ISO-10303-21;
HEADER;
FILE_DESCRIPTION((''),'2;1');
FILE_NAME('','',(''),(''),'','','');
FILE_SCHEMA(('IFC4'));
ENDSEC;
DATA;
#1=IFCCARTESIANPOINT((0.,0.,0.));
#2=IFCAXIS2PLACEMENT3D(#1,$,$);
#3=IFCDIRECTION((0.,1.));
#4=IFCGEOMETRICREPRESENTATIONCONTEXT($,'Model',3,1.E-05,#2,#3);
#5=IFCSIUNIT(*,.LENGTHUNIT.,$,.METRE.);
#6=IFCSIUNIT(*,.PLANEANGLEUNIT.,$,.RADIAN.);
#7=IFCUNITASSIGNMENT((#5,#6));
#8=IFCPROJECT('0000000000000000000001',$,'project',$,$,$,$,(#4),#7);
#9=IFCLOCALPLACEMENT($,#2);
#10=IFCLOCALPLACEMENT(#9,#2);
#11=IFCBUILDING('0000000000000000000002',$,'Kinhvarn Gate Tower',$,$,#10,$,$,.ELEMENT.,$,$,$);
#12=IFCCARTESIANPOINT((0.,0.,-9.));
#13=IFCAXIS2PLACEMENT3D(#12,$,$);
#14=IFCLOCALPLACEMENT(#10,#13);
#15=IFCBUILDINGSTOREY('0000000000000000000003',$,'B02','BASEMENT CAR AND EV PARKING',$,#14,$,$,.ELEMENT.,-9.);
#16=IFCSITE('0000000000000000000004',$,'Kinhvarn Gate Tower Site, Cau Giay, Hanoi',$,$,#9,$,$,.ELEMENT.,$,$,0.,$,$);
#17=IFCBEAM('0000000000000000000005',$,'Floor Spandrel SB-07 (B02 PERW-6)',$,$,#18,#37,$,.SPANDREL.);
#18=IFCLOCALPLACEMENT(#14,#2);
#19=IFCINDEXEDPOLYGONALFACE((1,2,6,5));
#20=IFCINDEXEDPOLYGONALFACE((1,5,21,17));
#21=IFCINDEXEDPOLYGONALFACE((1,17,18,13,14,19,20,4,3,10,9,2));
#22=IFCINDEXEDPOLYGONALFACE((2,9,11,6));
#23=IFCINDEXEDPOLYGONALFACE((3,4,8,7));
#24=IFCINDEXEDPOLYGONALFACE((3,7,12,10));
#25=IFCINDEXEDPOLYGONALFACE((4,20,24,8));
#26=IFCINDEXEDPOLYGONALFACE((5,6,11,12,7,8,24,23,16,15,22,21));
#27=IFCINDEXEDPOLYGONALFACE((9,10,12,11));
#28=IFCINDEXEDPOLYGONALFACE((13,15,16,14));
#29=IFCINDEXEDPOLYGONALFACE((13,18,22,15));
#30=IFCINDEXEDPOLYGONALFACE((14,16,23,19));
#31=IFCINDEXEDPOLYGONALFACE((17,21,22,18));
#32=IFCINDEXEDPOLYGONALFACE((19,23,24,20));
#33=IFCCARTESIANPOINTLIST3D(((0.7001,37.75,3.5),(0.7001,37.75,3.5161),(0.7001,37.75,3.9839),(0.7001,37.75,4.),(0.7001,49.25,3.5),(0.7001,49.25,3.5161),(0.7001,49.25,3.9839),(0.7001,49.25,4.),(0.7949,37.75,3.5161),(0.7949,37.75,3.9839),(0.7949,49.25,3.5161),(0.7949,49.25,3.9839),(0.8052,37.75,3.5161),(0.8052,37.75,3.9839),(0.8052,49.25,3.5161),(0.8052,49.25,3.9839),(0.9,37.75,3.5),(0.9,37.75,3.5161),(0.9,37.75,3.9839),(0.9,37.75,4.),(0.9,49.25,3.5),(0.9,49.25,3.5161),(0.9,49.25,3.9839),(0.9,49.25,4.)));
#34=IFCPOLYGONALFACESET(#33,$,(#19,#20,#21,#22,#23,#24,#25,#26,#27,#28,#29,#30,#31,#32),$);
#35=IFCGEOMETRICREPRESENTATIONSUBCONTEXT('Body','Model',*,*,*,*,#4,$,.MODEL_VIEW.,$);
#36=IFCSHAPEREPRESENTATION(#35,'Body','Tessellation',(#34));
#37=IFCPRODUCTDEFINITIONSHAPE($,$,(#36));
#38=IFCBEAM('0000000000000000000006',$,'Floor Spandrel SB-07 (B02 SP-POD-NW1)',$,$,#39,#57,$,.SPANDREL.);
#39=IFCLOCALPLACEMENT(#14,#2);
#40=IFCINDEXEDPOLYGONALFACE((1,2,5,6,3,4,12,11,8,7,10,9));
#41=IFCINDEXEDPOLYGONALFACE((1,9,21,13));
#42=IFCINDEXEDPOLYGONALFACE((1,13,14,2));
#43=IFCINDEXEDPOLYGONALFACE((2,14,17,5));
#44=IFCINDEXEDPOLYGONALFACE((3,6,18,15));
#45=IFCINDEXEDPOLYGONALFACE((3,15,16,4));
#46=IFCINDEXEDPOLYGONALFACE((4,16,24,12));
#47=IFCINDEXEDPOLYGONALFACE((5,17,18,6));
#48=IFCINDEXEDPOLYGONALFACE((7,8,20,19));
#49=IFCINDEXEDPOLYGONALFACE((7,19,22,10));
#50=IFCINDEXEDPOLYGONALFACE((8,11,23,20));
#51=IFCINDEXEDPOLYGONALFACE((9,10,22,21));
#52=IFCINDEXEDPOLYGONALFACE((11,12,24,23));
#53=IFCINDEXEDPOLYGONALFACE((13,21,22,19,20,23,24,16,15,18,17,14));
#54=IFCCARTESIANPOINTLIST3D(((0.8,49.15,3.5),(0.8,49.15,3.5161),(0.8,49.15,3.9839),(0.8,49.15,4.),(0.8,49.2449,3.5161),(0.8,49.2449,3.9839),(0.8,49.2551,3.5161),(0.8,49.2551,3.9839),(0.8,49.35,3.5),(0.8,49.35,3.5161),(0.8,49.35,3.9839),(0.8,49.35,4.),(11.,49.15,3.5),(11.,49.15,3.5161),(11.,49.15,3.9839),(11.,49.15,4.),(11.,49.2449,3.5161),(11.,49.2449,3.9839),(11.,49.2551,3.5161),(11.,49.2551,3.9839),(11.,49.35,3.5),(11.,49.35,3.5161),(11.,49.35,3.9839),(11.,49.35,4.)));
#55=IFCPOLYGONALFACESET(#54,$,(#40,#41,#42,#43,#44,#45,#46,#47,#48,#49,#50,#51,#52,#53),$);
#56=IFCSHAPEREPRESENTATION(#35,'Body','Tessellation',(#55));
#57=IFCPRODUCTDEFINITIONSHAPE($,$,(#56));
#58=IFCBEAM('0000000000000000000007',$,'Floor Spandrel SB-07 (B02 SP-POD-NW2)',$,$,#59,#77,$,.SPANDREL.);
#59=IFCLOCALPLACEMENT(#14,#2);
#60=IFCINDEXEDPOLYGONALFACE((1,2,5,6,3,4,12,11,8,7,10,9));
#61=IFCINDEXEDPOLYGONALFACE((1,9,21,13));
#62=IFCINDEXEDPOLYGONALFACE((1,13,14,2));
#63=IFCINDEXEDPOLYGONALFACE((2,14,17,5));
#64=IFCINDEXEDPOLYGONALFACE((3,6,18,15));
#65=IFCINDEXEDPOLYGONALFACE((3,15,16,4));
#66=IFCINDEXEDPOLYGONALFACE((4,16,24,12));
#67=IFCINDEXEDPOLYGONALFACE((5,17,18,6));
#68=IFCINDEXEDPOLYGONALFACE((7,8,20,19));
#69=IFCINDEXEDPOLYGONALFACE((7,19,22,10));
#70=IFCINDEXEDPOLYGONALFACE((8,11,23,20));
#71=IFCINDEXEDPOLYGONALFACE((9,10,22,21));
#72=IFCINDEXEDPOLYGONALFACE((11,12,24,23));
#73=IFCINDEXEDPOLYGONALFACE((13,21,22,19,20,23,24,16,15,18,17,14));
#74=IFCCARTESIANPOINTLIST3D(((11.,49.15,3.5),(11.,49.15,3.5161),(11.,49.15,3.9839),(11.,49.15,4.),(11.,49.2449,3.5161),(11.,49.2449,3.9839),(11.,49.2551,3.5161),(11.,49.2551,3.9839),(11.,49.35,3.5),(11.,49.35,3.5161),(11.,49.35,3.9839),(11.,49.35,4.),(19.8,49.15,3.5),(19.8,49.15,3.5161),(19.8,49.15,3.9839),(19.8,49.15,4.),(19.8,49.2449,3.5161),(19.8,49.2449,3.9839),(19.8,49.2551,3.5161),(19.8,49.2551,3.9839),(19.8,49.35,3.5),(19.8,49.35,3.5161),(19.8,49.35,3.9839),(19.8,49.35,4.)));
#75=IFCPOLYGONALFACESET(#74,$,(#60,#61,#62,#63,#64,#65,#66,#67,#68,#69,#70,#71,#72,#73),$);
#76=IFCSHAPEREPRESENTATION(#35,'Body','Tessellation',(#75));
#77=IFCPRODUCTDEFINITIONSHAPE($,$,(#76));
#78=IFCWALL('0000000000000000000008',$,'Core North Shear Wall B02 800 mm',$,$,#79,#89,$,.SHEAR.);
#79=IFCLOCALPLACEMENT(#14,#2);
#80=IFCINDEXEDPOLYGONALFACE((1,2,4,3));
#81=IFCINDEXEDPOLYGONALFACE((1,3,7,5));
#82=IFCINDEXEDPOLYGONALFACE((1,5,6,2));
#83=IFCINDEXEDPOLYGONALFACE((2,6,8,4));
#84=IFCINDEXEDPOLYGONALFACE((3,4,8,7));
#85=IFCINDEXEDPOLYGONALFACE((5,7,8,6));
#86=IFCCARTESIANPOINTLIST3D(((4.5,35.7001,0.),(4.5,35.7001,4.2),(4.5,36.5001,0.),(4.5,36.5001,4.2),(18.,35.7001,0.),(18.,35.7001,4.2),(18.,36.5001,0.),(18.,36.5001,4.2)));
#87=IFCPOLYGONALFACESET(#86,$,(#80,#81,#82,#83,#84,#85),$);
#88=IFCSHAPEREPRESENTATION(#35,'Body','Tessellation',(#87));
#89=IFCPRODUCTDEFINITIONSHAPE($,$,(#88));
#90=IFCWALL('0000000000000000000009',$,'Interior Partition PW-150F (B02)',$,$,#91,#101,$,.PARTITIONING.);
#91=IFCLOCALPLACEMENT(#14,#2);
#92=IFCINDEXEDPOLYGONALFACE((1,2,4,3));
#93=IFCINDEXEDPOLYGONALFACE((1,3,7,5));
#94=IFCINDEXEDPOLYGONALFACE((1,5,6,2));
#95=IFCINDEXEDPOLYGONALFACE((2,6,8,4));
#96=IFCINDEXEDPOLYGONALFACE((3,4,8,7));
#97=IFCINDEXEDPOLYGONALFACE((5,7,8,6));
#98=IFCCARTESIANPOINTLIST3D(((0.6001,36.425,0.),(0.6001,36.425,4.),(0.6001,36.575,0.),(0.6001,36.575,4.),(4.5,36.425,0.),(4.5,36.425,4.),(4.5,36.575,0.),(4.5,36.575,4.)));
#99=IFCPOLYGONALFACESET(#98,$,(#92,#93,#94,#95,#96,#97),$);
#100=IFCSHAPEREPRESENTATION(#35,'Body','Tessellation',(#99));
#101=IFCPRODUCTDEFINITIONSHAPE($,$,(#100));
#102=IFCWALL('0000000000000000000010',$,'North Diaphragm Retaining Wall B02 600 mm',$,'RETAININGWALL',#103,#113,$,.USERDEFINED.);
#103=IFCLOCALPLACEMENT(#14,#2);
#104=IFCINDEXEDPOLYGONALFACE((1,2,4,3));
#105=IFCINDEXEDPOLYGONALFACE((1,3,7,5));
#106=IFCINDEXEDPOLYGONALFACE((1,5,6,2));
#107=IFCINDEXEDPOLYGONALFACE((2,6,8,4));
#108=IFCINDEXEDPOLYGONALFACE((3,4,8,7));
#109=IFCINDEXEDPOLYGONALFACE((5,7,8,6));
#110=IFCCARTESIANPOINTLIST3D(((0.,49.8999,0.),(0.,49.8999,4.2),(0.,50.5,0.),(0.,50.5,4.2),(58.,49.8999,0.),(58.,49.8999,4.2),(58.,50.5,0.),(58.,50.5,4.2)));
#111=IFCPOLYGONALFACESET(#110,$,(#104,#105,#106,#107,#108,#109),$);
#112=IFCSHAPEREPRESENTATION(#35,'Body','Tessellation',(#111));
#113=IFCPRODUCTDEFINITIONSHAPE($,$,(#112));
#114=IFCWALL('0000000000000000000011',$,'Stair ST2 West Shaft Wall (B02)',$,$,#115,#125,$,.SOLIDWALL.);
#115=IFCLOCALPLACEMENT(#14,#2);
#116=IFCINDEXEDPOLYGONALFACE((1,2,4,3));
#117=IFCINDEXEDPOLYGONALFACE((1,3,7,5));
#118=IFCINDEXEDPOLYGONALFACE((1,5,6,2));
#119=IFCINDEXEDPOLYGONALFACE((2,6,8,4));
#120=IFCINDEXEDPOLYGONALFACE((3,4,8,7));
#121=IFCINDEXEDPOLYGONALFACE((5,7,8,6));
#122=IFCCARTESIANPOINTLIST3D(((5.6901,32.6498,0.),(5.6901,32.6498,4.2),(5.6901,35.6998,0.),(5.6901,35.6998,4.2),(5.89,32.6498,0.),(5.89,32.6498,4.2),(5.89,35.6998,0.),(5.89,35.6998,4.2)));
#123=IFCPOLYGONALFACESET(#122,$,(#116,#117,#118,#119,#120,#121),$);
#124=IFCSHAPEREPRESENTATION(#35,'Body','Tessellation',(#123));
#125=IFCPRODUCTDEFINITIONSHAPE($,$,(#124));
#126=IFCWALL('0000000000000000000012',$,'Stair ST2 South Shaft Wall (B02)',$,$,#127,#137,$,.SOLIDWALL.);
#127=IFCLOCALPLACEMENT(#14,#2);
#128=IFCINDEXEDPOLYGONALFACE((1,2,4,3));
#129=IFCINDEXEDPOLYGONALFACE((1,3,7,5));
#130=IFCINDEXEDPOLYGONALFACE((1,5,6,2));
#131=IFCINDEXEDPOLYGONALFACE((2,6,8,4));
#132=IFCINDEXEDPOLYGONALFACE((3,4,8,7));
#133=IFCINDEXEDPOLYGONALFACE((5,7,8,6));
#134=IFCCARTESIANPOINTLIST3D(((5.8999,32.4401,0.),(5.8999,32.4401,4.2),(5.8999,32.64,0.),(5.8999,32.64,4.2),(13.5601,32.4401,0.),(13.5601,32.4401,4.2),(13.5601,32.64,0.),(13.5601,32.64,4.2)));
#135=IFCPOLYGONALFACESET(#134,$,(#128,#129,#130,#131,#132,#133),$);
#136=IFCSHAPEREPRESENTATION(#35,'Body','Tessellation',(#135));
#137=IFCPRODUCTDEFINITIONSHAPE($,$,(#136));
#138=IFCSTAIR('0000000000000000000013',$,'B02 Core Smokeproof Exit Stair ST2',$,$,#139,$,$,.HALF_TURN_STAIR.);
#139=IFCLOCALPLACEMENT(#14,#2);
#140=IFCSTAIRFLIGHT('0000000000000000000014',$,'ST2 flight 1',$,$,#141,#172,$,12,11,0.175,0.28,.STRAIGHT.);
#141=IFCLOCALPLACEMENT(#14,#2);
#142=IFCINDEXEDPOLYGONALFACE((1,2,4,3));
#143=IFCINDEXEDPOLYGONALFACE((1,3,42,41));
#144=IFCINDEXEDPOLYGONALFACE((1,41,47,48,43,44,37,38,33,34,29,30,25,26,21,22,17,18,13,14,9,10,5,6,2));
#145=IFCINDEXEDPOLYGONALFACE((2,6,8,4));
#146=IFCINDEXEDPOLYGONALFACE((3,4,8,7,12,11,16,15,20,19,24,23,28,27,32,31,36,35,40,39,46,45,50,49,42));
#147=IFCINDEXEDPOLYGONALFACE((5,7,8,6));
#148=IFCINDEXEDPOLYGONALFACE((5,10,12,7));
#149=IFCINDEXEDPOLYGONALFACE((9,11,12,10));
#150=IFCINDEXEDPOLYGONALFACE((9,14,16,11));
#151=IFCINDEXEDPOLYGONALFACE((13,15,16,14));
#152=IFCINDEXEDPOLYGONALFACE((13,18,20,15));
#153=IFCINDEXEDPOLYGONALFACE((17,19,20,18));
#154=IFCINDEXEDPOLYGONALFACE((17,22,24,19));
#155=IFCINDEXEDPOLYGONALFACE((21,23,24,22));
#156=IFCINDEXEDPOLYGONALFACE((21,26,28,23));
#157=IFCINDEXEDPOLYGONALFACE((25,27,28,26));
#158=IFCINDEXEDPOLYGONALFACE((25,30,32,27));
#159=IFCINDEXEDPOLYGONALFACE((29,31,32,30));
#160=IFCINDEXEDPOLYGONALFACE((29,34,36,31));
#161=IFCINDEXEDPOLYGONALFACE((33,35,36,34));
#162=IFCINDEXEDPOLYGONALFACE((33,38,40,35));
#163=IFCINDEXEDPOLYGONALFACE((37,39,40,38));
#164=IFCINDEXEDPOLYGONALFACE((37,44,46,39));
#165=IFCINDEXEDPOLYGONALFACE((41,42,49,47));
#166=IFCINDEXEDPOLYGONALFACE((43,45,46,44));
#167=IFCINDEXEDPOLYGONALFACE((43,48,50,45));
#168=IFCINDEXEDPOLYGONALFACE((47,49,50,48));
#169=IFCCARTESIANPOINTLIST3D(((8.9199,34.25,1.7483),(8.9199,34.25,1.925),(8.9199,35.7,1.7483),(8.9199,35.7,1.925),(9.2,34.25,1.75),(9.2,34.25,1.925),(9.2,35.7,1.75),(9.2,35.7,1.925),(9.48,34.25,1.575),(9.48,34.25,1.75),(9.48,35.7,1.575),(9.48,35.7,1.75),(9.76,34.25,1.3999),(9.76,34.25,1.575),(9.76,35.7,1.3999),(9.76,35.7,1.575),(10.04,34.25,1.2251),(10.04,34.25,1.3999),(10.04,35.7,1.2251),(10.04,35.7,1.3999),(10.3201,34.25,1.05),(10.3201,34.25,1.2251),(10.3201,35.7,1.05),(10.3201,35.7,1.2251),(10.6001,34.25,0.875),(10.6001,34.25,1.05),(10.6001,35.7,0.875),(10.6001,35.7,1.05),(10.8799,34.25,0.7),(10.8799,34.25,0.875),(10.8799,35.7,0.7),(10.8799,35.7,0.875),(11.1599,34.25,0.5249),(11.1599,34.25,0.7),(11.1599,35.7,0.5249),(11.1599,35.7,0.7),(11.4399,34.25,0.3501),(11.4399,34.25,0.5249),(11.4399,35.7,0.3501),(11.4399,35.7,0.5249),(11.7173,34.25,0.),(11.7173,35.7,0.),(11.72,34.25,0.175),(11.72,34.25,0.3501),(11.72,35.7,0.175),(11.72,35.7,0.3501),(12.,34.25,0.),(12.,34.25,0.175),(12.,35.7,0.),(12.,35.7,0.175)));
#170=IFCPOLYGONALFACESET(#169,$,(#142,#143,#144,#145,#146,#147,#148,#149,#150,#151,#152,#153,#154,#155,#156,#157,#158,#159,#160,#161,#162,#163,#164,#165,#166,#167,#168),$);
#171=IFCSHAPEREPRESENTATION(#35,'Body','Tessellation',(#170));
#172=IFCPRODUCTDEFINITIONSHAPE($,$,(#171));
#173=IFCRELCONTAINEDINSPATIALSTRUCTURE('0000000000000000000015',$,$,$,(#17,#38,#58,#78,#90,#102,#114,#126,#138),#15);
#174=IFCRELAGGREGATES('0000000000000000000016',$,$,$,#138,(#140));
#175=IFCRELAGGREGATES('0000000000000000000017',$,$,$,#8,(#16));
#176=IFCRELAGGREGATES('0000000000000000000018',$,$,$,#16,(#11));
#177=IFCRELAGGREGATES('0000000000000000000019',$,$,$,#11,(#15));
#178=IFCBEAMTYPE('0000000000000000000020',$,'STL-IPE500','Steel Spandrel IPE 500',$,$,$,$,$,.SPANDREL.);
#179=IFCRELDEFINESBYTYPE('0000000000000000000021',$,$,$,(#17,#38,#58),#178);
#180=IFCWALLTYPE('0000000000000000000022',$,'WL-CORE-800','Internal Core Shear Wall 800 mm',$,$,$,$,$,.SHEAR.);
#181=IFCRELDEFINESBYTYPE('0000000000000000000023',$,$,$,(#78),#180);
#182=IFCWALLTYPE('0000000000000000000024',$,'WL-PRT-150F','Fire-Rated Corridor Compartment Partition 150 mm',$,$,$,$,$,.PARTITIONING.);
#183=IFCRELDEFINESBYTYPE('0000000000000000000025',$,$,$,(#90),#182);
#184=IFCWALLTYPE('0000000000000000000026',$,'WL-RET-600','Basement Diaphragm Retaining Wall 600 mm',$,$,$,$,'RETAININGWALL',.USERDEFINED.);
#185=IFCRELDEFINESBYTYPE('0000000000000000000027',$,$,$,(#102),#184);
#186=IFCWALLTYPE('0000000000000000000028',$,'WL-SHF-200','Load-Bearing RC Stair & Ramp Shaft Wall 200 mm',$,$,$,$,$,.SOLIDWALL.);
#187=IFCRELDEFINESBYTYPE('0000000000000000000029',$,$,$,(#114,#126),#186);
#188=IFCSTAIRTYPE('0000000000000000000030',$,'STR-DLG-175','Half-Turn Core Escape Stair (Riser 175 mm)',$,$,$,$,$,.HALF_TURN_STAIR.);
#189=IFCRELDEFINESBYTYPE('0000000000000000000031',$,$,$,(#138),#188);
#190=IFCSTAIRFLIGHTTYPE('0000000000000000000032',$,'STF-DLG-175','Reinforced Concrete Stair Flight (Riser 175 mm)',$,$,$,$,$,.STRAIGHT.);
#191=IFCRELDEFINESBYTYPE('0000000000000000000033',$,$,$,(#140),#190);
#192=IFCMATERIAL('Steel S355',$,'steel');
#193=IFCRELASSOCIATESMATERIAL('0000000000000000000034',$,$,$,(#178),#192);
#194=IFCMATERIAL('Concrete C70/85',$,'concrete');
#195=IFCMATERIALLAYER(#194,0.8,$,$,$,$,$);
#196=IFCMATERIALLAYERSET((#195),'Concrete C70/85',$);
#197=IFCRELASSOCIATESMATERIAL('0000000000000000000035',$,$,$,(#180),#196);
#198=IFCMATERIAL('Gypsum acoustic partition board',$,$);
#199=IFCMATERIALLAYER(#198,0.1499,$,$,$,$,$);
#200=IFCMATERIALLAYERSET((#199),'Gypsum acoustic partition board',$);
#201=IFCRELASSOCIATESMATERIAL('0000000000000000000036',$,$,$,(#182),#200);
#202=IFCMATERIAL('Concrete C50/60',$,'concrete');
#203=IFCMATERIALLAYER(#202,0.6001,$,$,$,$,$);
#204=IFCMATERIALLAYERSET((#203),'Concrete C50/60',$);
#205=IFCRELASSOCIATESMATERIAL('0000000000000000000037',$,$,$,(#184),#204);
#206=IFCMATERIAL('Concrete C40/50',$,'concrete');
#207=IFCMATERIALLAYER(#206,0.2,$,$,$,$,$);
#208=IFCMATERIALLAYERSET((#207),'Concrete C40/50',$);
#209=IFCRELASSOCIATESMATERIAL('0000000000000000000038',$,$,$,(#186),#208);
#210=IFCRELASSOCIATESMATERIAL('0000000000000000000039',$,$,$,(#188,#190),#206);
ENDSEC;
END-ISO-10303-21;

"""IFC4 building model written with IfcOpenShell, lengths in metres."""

from ifc_helpers import new_model, si_unit, direction, frame, frame_2d, origin, origin_2d, place, context, subcontext, project, spatial, polyline, rectangle, i_section, outline, extrude, material, layer, layer_set, material_profile, profile_set, type_object, element, aggregate, save


model = new_model("IFC4")

# Units and contexts
model_context = context("Model", 3, precision=1e-05, world=origin(), true_north=direction((0.0, 1.0)))
body_context = subcontext(model_context, "Body", "Model", "MODEL_VIEW")
ifc_project = project(units=[si_unit("LENGTHUNIT", "METRE"), si_unit("PLANEANGLEUNIT", "RADIAN")], contexts=[model_context])

# Site, building, storey
site_placement = place(None, origin())
site = spatial("IfcSite", under=ifc_project, at=site_placement, Name="Kinhvarn Gate Tower Site, Cau Giay, Hanoi", CompositionType="ELEMENT", RefElevation=0.0)
building_placement = place(site_placement, origin())
building = spatial("IfcBuilding", under=site, at=building_placement, Name="Kinhvarn Gate Tower", CompositionType="ELEMENT")
storey_placement = place(building_placement, frame((0.0, 0.0, -9.0)))
storey = spatial("IfcBuildingStorey", under=building, at=storey_placement, Name="B02", Description="BASEMENT CAR AND EV PARKING", CompositionType="ELEMENT", Elevation=-9.0)

# Shared definitions
ifc_material_1 = material(Name="Concrete C70/85", Category="concrete")

# Beams
ifc_material_2 = material(Name="Steel S355", Category="steel")
ifc_material_profile_1 = material_profile(ifc_material_2, i_section(OverallWidth=0.2, OverallDepth=0.5, WebThickness=0.0103, FlangeThickness=0.0161, at=origin_2d()), Name="IPE 500")
ifc_profile_set_1 = profile_set([ifc_material_profile_1], Name="Steel S355")
beam_type_1 = type_object("IfcBeamType", Name="STL-IPE500", Description="Steel Spandrel IPE 500", PredefinedType="SPANDREL", material=ifc_profile_set_1)
beam_1_placement = place(storey_placement, frame((0.8, 37.75, 3.75), z_axis=(0.0, 1.0, 0.0), x_axis=(-1.0, 0.0, 0.0)))
element("IfcBeam", 1, at=beam_1_placement, inside=storey, type_object=beam_type_1, Name="Floor Spandrel SB-07 (B02 PERW-6)", PredefinedType="SPANDREL", context=body_context, shape_type="SweptSolid", body=[
    extrude(i_section(OverallWidth=0.2, OverallDepth=0.5, WebThickness=0.0103, FlangeThickness=0.0161, at=origin_2d()), origin(), (0.0, 0.0, 1.0), 11.5),
])
beam_2_placement = place(storey_placement, frame((0.8, 49.25, 3.75), z_axis=(1.0, 0.0, 0.0), x_axis=(0.0, 1.0, 0.0)))
element("IfcBeam", 2, at=beam_2_placement, inside=storey, type_object=beam_type_1, Name="Floor Spandrel SB-07 (B02 SP-POD-NW1)", PredefinedType="SPANDREL", context=body_context, shape_type="SweptSolid", body=[
    extrude(i_section(OverallWidth=0.2, OverallDepth=0.5, WebThickness=0.0103, FlangeThickness=0.0161, at=origin_2d()), origin(), (0.0, 0.0, 1.0), 10.2),
])
beam_3_placement = place(storey_placement, frame((11.0, 49.25, 3.75), z_axis=(1.0, 0.0, 0.0), x_axis=(0.0, 1.0, 0.0)))
element("IfcBeam", 3, at=beam_3_placement, inside=storey, type_object=beam_type_1, Name="Floor Spandrel SB-07 (B02 SP-POD-NW2)", PredefinedType="SPANDREL", context=body_context, shape_type="SweptSolid", body=[
    extrude(i_section(OverallWidth=0.2, OverallDepth=0.5, WebThickness=0.0103, FlangeThickness=0.0161, at=origin_2d()), origin(), (0.0, 0.0, 1.0), 8.8),
])

# Walls
ifc_layer_1 = layer(ifc_material_1, 0.8)
ifc_layer_set_1 = layer_set([ifc_layer_1], Name="Concrete C70/85")
wall_type_1 = type_object("IfcWallType", Name="WL-CORE-800", Description="Internal Core Shear Wall 800 mm", PredefinedType="SHEAR", material=ifc_layer_set_1)
wall_1_placement = place(storey_placement, frame((4.5, 36.1001, 0.0), z_axis=(0.0, 0.0, 1.0), x_axis=(1.0, 0.0, 0.0)))
element("IfcWall", 4, at=wall_1_placement, inside=storey, type_object=wall_type_1, Name="Core North Shear Wall B02 800 mm", PredefinedType="SHEAR", context=body_context, shape_type="SweptSolid", body=[
    extrude(rectangle(XDim=13.5, YDim=0.8, at=frame_2d((6.75, 0.0))), origin(), (0.0, 0.0, 1.0), 4.2),
])
ifc_material_3 = material(Name="Gypsum acoustic partition board")
ifc_layer_2 = layer(ifc_material_3, 0.1499)
ifc_layer_set_2 = layer_set([ifc_layer_2], Name="Gypsum acoustic partition board")
wall_type_2 = type_object("IfcWallType", Name="WL-PRT-150F", Description="Fire-Rated Corridor Compartment Partition 150 mm", PredefinedType="PARTITIONING", material=ifc_layer_set_2)
wall_2_placement = place(storey_placement, frame((0.6001, 36.5, 0.0), z_axis=(0.0, 0.0, 1.0), x_axis=(1.0, 0.0, 0.0)))
element("IfcWall", 5, at=wall_2_placement, inside=storey, type_object=wall_type_2, Name="Interior Partition PW-150F (B02)", PredefinedType="PARTITIONING", context=body_context, shape_type="SweptSolid", body=[
    extrude(rectangle(XDim=3.8999, YDim=0.1499, at=frame_2d((1.95, 0.0))), origin(), (0.0, 0.0, 1.0), 4.0),
])
ifc_material_4 = material(Name="Concrete C50/60", Category="concrete")
ifc_layer_3 = layer(ifc_material_4, 0.6001)
ifc_layer_set_3 = layer_set([ifc_layer_3], Name="Concrete C50/60")
wall_type_3 = type_object("IfcWallType", Name="WL-RET-600", Description="Basement Diaphragm Retaining Wall 600 mm", ElementType="RETAININGWALL", PredefinedType="USERDEFINED", material=ifc_layer_set_3)
wall_3_placement = place(storey_placement, frame((0.0, 50.2, 0.0), z_axis=(0.0, 0.0, 1.0), x_axis=(1.0, 0.0, 0.0)))
element("IfcWall", 6, at=wall_3_placement, inside=storey, type_object=wall_type_3, Name="North Diaphragm Retaining Wall B02 600 mm", ObjectType="RETAININGWALL", PredefinedType="USERDEFINED", context=body_context, shape_type="SweptSolid", body=[
    extrude(rectangle(XDim=58.0, YDim=0.6001, at=frame_2d((29.0, 0.0))), origin(), (0.0, 0.0, 1.0), 4.2),
])
ifc_material_5 = material(Name="Concrete C40/50", Category="concrete")
ifc_layer_4 = layer(ifc_material_5, 0.2)
ifc_layer_set_4 = layer_set([ifc_layer_4], Name="Concrete C40/50")
wall_type_4 = type_object("IfcWallType", Name="WL-SHF-200", Description="Load-Bearing RC Stair & Ramp Shaft Wall 200 mm", PredefinedType="SOLIDWALL", material=ifc_layer_set_4)
wall_4_placement = place(storey_placement, frame((5.79, 32.6499, 0.0), z_axis=(0.0, 0.0, 1.0), x_axis=(0.0, 1.0, 0.0)))
element("IfcWall", 7, at=wall_4_placement, inside=storey, type_object=wall_type_4, Name="Stair ST2 West Shaft Wall (B02)", PredefinedType="SOLIDWALL", context=body_context, shape_type="SweptSolid", body=[
    extrude(rectangle(XDim=3.05, YDim=0.2, at=frame_2d((1.5249, 0.0))), origin(), (0.0, 0.0, 1.0), 4.2),
])
wall_5_placement = place(storey_placement, frame((5.8999, 32.54, 0.0), z_axis=(0.0, 0.0, 1.0), x_axis=(1.0, 0.0, 0.0)))
element("IfcWall", 8, at=wall_5_placement, inside=storey, type_object=wall_type_4, Name="Stair ST2 South Shaft Wall (B02)", PredefinedType="SOLIDWALL", context=body_context, shape_type="SweptSolid", body=[
    extrude(rectangle(XDim=7.6602, YDim=0.2, at=frame_2d((3.8301, 0.0))), origin(), (0.0, 0.0, 1.0), 4.2),
])

# Stair, stair flight
stair_type = type_object("IfcStairType", Name="STR-DLG-175", Description="Half-Turn Core Escape Stair (Riser 175 mm)", PredefinedType="HALF_TURN_STAIR", material=ifc_material_5)
stair_placement = place(storey_placement, origin())
stair = element("IfcStair", 9, at=stair_placement, inside=storey, type_object=stair_type, Name="B02 Core Smokeproof Exit Stair ST2", PredefinedType="HALF_TURN_STAIR")
stair_flight_type = type_object("IfcStairFlightType", Name="STF-DLG-175", Description="Reinforced Concrete Stair Flight (Riser 175 mm)", PredefinedType="STRAIGHT", material=ifc_material_5)
stair_flight_1_placement = place(storey_placement, frame((12.0, 34.9751, 0.0), z_axis=(0.0, 0.0, 1.0), x_axis=(-1.0, 0.0, 0.0)))
stair_flight_1 = element("IfcStairFlight", 10, at=stair_flight_1_placement, type_object=stair_flight_type, Name="ST2 flight 1", NumberOfRisers=12, NumberOfTreads=11, PredefinedType="STRAIGHT", RiserHeight=0.175, TreadLength=0.28, context=body_context, shape_type="SweptSolid", body=[
    extrude(outline(polyline([(0.0, 0.0), (0.0, 0.175), (0.28, 0.175), (0.28, 0.3501), (0.5601, 0.3501), (0.5601, 0.5249), (0.8401, 0.5249), (0.8401, 0.7), (1.1201, 0.7), (1.1201, 0.875), (1.3999, 0.875), (1.3999, 1.05), (1.6799, 1.05), (1.6799, 1.2251), (1.96, 1.2251), (1.96, 1.3999), (2.24, 1.3999), (2.24, 1.575), (2.52, 1.575), (2.52, 1.75), (2.8, 1.75), (2.8, 1.925), (3.0801, 1.925), (3.0801, 2.1001), (3.0801, 1.7483), (0.2827, 0.0), (0.0, 0.0)])), frame((0.0, 0.7251, 0.0), z_axis=(0.0, -1.0, 0.0), x_axis=(1.0, 0.0, 0.0)), (0.0, 0.0, 1.0), 1.45),
])
aggregate(stair, [stair_flight_1])

save(model, "model.ifc")
